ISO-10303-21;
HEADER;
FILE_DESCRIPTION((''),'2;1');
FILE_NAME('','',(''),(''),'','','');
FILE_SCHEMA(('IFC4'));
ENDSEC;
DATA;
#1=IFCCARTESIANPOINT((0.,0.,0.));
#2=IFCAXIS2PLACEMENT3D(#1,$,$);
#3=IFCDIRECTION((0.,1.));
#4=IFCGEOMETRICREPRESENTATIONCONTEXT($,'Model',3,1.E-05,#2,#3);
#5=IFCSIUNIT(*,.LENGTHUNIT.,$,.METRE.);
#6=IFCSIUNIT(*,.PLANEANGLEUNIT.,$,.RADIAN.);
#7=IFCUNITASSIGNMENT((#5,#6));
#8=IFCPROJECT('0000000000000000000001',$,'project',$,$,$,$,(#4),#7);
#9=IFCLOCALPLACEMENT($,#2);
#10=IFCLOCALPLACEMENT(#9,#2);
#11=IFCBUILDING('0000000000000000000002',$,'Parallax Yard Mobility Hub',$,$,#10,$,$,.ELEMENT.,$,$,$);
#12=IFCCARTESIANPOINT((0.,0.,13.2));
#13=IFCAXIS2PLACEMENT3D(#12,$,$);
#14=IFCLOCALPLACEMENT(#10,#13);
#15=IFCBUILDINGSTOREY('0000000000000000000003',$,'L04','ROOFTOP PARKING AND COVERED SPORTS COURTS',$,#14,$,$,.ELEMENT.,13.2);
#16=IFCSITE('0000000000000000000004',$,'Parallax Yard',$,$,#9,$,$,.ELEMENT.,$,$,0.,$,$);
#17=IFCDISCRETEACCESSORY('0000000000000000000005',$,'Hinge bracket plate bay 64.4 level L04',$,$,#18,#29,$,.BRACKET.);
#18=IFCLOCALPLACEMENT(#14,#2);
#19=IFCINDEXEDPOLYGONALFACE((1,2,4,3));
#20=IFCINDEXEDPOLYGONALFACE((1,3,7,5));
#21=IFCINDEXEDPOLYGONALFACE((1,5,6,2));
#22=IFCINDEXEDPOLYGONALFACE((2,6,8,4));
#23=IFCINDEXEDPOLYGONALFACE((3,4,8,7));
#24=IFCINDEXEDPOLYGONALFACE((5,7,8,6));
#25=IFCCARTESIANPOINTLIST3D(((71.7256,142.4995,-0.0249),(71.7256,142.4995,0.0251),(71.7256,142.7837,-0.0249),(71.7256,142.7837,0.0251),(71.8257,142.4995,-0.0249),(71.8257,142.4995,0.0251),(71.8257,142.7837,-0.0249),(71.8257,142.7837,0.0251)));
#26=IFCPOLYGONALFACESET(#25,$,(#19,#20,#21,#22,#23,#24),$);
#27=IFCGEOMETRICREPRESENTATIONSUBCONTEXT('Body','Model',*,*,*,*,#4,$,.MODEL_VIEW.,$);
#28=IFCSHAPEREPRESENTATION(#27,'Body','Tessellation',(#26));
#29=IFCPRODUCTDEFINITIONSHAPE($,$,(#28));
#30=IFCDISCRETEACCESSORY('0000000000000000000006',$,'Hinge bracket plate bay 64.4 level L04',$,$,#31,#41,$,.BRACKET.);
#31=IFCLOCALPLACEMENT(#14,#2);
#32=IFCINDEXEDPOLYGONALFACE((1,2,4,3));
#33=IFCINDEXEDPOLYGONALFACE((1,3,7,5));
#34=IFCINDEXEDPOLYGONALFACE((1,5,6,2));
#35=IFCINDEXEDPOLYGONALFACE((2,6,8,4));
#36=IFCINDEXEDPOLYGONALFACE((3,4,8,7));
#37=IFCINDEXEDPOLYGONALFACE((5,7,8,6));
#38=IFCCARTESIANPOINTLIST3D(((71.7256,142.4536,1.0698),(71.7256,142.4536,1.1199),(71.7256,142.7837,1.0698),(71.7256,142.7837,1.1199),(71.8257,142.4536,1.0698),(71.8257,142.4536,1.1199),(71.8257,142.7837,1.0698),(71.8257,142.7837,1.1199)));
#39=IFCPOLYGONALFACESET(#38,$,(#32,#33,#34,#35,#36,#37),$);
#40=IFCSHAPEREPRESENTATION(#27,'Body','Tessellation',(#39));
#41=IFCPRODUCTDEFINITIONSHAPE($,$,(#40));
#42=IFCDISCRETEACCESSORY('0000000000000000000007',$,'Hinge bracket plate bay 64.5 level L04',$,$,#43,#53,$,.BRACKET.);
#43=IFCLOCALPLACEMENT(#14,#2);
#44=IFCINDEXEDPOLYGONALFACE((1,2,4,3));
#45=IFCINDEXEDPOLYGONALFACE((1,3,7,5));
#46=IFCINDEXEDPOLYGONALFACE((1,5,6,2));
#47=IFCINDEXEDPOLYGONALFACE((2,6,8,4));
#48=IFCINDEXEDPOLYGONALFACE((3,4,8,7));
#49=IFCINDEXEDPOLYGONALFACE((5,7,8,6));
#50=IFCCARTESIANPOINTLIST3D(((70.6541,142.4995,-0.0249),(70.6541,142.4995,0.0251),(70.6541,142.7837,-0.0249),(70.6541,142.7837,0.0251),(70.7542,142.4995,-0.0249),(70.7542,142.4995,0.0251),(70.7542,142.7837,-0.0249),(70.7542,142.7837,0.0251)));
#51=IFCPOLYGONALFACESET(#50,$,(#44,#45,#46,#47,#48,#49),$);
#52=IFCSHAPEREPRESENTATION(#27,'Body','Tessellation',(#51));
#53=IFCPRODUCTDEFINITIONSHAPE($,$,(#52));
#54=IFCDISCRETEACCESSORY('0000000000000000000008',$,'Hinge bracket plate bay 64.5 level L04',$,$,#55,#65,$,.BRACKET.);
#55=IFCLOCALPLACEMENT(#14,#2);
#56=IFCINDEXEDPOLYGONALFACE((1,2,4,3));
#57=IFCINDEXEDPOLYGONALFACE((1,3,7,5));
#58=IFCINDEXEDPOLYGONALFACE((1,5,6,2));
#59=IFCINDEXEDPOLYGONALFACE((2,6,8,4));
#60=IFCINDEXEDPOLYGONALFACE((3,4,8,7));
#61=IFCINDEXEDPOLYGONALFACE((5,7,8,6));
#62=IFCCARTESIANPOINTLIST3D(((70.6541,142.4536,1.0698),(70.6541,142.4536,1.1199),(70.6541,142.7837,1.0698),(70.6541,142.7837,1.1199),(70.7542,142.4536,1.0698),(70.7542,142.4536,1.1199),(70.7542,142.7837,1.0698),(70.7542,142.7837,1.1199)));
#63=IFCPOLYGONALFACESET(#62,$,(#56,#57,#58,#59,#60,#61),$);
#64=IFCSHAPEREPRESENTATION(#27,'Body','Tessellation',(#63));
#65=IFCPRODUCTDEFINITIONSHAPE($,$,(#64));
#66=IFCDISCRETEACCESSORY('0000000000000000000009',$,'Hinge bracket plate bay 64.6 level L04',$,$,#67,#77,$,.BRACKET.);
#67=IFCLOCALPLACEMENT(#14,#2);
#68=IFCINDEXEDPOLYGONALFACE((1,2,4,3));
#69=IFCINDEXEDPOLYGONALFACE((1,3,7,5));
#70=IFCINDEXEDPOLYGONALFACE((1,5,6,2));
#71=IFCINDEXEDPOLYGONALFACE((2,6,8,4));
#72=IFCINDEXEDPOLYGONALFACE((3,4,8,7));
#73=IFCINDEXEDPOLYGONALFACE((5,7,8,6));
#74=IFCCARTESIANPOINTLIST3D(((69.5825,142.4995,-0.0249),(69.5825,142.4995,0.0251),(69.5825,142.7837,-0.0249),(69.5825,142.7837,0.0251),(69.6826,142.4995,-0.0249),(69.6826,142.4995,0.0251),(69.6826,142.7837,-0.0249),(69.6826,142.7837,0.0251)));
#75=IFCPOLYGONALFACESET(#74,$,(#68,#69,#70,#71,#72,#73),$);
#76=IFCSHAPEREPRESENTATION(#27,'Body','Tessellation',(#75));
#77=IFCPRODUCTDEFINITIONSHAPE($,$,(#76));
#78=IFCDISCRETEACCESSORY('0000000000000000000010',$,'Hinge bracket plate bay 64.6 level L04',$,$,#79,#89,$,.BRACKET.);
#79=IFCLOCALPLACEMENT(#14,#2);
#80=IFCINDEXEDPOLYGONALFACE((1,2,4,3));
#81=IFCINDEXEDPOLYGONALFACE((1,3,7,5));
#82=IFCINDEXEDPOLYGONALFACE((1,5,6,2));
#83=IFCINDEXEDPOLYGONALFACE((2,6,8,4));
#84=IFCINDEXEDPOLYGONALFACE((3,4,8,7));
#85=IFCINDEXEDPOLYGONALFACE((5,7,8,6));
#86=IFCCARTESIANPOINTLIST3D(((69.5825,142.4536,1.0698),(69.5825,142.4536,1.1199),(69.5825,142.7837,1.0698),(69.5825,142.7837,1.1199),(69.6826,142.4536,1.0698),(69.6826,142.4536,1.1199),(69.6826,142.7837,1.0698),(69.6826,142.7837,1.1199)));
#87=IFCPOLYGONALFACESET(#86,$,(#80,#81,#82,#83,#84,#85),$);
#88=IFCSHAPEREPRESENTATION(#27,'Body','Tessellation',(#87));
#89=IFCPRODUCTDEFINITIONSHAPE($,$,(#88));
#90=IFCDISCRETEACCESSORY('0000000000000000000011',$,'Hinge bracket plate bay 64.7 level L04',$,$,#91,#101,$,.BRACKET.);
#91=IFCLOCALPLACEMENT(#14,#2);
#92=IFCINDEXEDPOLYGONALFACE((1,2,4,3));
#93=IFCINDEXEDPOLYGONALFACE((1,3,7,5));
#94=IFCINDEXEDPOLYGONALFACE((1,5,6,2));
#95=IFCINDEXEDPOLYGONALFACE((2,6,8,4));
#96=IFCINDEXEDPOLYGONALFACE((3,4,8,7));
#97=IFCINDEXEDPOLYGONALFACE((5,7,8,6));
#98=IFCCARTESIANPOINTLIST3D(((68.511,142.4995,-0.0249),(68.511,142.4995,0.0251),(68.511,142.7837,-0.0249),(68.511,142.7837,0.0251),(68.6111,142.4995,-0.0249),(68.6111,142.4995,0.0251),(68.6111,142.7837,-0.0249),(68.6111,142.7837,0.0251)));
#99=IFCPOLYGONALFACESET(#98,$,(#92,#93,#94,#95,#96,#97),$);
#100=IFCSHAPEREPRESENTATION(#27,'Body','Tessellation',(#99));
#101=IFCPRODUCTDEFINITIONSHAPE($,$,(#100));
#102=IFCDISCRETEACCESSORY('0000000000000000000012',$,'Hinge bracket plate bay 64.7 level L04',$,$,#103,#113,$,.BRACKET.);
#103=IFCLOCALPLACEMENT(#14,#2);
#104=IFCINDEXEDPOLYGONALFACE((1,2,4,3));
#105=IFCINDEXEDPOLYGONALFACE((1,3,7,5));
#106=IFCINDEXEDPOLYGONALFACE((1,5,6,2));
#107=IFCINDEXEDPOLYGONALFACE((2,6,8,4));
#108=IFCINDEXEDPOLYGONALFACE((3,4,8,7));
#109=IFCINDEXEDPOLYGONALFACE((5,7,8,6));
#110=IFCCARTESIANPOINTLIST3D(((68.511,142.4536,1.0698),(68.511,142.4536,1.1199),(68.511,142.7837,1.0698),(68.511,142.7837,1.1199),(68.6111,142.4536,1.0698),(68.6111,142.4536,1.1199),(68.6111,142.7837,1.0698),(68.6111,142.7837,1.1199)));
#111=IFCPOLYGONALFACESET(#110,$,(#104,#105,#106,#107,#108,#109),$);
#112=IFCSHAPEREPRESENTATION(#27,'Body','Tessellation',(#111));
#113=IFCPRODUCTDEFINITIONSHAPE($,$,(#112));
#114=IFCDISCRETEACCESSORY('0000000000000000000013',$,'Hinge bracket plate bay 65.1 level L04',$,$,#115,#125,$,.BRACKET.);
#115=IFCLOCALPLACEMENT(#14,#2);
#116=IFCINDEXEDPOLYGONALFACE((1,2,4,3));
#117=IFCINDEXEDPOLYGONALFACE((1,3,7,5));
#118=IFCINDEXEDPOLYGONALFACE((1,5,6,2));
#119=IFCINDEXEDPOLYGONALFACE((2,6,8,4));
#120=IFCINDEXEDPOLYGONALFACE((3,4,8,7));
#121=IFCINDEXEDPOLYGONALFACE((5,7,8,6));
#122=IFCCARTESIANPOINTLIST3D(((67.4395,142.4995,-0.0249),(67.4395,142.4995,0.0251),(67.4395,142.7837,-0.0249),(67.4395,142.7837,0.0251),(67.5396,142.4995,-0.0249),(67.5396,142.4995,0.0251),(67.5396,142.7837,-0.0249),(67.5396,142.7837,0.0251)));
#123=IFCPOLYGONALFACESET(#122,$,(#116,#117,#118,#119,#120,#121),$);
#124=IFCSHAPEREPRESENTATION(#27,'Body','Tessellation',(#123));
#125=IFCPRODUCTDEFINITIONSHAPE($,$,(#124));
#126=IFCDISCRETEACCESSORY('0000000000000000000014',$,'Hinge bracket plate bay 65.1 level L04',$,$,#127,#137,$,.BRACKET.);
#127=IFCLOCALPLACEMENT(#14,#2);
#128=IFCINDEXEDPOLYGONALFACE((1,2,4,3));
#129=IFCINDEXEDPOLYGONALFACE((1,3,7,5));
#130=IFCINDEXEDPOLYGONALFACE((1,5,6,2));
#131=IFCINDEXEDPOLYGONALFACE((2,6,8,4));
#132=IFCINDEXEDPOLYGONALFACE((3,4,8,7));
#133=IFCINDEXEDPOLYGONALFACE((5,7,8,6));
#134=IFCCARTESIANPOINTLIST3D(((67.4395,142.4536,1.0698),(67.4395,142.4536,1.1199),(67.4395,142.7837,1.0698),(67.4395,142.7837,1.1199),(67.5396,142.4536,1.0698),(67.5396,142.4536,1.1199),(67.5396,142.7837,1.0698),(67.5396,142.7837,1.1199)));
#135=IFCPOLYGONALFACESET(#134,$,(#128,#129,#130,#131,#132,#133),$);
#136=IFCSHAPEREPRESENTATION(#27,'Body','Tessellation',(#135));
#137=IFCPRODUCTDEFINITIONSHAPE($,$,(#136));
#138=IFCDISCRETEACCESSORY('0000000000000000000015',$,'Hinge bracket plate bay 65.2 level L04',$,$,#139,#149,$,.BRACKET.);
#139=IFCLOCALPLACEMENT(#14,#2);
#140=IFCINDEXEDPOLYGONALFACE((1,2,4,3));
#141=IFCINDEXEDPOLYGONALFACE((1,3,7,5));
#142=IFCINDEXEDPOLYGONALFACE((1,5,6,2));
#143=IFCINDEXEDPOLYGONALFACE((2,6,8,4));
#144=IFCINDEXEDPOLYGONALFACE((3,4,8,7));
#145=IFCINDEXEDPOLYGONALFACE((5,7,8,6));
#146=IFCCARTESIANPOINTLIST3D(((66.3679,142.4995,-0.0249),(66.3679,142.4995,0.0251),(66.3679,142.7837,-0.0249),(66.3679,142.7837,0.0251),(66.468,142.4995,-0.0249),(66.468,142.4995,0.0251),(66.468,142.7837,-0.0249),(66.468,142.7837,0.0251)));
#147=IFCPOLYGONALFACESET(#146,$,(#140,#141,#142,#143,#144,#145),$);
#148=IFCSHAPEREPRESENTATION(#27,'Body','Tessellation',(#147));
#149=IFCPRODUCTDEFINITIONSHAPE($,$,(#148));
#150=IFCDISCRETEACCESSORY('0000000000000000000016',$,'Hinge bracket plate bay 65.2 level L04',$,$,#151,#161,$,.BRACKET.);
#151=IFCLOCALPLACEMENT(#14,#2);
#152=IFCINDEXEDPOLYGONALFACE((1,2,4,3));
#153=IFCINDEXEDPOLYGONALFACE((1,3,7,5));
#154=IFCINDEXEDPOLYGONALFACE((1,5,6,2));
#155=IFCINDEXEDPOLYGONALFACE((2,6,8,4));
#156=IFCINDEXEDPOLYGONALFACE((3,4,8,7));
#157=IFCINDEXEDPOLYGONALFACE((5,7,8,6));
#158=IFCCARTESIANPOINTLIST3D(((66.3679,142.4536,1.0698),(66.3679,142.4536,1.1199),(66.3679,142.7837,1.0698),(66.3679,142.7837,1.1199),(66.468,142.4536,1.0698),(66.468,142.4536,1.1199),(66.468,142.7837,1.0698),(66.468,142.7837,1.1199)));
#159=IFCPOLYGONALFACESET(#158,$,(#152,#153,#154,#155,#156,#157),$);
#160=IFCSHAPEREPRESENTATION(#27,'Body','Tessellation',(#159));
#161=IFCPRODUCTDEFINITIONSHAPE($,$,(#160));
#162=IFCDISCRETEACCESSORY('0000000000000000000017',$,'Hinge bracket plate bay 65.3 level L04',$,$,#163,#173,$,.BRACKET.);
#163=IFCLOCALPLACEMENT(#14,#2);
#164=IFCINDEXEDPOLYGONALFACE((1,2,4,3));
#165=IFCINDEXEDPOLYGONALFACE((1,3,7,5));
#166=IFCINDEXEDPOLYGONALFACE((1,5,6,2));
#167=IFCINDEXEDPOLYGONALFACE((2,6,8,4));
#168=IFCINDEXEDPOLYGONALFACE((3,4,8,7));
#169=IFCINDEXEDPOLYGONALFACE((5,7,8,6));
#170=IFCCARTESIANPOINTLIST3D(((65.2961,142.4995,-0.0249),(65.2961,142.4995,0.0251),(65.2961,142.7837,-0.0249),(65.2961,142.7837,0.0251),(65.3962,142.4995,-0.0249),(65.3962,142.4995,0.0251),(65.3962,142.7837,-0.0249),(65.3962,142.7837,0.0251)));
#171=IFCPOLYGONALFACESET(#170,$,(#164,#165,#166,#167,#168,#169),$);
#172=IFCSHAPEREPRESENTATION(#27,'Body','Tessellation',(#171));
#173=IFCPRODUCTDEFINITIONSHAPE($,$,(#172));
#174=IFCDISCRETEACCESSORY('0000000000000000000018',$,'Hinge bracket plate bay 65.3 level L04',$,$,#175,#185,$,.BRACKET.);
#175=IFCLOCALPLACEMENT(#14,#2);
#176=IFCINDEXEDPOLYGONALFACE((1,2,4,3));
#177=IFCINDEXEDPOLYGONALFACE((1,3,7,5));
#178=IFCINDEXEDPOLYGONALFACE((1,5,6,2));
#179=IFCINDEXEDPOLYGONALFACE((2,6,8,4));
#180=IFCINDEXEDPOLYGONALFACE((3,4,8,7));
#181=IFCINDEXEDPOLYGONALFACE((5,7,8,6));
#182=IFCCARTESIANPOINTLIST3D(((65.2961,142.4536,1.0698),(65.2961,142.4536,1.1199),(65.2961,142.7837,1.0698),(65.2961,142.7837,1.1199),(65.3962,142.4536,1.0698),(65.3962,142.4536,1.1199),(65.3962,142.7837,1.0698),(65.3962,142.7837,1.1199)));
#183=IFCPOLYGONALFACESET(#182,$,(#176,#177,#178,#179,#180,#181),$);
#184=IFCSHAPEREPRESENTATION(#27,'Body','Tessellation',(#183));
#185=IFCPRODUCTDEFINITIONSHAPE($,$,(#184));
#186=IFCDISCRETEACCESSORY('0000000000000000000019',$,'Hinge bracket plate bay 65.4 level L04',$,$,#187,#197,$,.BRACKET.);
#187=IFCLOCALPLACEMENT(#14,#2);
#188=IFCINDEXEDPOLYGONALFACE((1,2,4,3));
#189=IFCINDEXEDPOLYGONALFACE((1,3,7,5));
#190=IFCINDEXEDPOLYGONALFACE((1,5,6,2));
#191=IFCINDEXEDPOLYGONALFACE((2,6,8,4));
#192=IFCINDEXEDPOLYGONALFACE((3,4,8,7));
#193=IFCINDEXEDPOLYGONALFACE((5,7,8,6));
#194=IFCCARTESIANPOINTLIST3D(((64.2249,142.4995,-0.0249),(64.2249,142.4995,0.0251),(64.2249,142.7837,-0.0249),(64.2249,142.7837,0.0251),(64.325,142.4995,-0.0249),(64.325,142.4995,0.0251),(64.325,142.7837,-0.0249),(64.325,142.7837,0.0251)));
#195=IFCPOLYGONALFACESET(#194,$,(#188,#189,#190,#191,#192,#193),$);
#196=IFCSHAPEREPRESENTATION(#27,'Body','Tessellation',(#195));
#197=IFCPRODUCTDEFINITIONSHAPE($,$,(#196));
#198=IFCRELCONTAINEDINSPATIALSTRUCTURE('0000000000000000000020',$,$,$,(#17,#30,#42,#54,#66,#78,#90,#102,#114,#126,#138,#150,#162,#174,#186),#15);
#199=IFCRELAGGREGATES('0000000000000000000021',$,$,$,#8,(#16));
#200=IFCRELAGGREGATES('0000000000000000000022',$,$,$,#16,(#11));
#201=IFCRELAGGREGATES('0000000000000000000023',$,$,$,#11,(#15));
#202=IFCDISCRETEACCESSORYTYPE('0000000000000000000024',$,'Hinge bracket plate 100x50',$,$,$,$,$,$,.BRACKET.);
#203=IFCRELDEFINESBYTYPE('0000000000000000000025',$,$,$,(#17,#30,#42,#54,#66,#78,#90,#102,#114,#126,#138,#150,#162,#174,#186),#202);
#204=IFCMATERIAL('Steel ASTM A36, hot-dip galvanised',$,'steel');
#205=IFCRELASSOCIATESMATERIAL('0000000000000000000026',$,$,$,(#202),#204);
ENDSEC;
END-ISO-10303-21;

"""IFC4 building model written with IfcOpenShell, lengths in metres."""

from ifc_helpers import new_model, si_unit, direction, frame, origin, origin_2d, place, context, subcontext, project, spatial, rectangle, extrude, material, type_object, element, save


model = new_model("IFC4")

# Units and contexts
model_context = context("Model", 3, precision=1e-05, world=origin(), true_north=direction((0.0, 1.0)))
body_context = subcontext(model_context, "Body", "Model", "MODEL_VIEW")
ifc_project = project(units=[si_unit("LENGTHUNIT", "METRE"), si_unit("PLANEANGLEUNIT", "RADIAN")], contexts=[model_context])

# Site, building, storey
site_placement = place(None, origin())
site = spatial("IfcSite", under=ifc_project, at=site_placement, Name="Parallax Yard", CompositionType="ELEMENT", RefElevation=0.0)
building_placement = place(site_placement, origin())
building = spatial("IfcBuilding", under=site, at=building_placement, Name="Parallax Yard Mobility Hub", CompositionType="ELEMENT")
storey_placement = place(building_placement, frame((0.0, 0.0, 13.2)))
storey = spatial("IfcBuildingStorey", under=building, at=storey_placement, Name="L04", Description="ROOFTOP PARKING AND COVERED SPORTS COURTS", CompositionType="ELEMENT", Elevation=13.2)

# Discrete accessories
ifc_material_1 = material(Name="Steel ASTM A36, hot-dip galvanised", Category="steel")
discrete_accessory_type_1 = type_object("IfcDiscreteAccessoryType", Name="Hinge bracket plate 100x50", PredefinedType="BRACKET", material=ifc_material_1)
discrete_accessory_1_placement = place(storey_placement, frame((71.7756, 142.6416, -0.0249), z_axis=(0.0, 0.0, 1.0), x_axis=(0.0, 1.0, 0.0)))
element("IfcDiscreteAccessory", 1, at=discrete_accessory_1_placement, inside=storey, type_object=discrete_accessory_type_1, Name="Hinge bracket plate bay 64.4 level L04", PredefinedType="BRACKET", context=body_context, shape_type="SweptSolid", body=[
    extrude(rectangle(XDim=0.2842, YDim=0.1001, at=origin_2d()), origin(), (0.0, 0.0, 1.0), 0.05),
])
discrete_accessory_2_placement = place(storey_placement, frame((71.7756, 142.6187, 1.0698), z_axis=(0.0, 0.0, 1.0), x_axis=(0.0, 1.0, 0.0)))
element("IfcDiscreteAccessory", 2, at=discrete_accessory_2_placement, inside=storey, type_object=discrete_accessory_type_1, Name="Hinge bracket plate bay 64.4 level L04", PredefinedType="BRACKET", context=body_context, shape_type="SweptSolid", body=[
    extrude(rectangle(XDim=0.3301, YDim=0.1001, at=origin_2d()), origin(), (0.0, 0.0, 1.0), 0.05),
])
discrete_accessory_3_placement = place(storey_placement, frame((70.7041, 142.6416, -0.0249), z_axis=(0.0, 0.0, 1.0), x_axis=(0.0, 1.0, 0.0)))
element("IfcDiscreteAccessory", 3, at=discrete_accessory_3_placement, inside=storey, type_object=discrete_accessory_type_1, Name="Hinge bracket plate bay 64.5 level L04", PredefinedType="BRACKET", context=body_context, shape_type="SweptSolid", body=[
    extrude(rectangle(XDim=0.2842, YDim=0.1001, at=origin_2d()), origin(), (0.0, 0.0, 1.0), 0.05),
])
discrete_accessory_4_placement = place(storey_placement, frame((70.7041, 142.6187, 1.0698), z_axis=(0.0, 0.0, 1.0), x_axis=(0.0, 1.0, 0.0)))
element("IfcDiscreteAccessory", 4, at=discrete_accessory_4_placement, inside=storey, type_object=discrete_accessory_type_1, Name="Hinge bracket plate bay 64.5 level L04", PredefinedType="BRACKET", context=body_context, shape_type="SweptSolid", body=[
    extrude(rectangle(XDim=0.3301, YDim=0.1001, at=origin_2d()), origin(), (0.0, 0.0, 1.0), 0.05),
])
discrete_accessory_5_placement = place(storey_placement, frame((69.6326, 142.6416, -0.0249), z_axis=(0.0, 0.0, 1.0), x_axis=(0.0, 1.0, 0.0)))
element("IfcDiscreteAccessory", 5, at=discrete_accessory_5_placement, inside=storey, type_object=discrete_accessory_type_1, Name="Hinge bracket plate bay 64.6 level L04", PredefinedType="BRACKET", context=body_context, shape_type="SweptSolid", body=[
    extrude(rectangle(XDim=0.2842, YDim=0.1001, at=origin_2d()), origin(), (0.0, 0.0, 1.0), 0.05),
])
discrete_accessory_6_placement = place(storey_placement, frame((69.6326, 142.6187, 1.0698), z_axis=(0.0, 0.0, 1.0), x_axis=(0.0, 1.0, 0.0)))
element("IfcDiscreteAccessory", 6, at=discrete_accessory_6_placement, inside=storey, type_object=discrete_accessory_type_1, Name="Hinge bracket plate bay 64.6 level L04", PredefinedType="BRACKET", context=body_context, shape_type="SweptSolid", body=[
    extrude(rectangle(XDim=0.3301, YDim=0.1001, at=origin_2d()), origin(), (0.0, 0.0, 1.0), 0.05),
])
discrete_accessory_7_placement = place(storey_placement, frame((68.561, 142.6416, -0.0249), z_axis=(0.0, 0.0, 1.0), x_axis=(0.0, 1.0, 0.0)))
element("IfcDiscreteAccessory", 7, at=discrete_accessory_7_placement, inside=storey, type_object=discrete_accessory_type_1, Name="Hinge bracket plate bay 64.7 level L04", PredefinedType="BRACKET", context=body_context, shape_type="SweptSolid", body=[
    extrude(rectangle(XDim=0.2842, YDim=0.1001, at=origin_2d()), origin(), (0.0, 0.0, 1.0), 0.05),
])
discrete_accessory_8_placement = place(storey_placement, frame((68.561, 142.6187, 1.0698), z_axis=(0.0, 0.0, 1.0), x_axis=(0.0, 1.0, 0.0)))
element("IfcDiscreteAccessory", 8, at=discrete_accessory_8_placement, inside=storey, type_object=discrete_accessory_type_1, Name="Hinge bracket plate bay 64.7 level L04", PredefinedType="BRACKET", context=body_context, shape_type="SweptSolid", body=[
    extrude(rectangle(XDim=0.3301, YDim=0.1001, at=origin_2d()), origin(), (0.0, 0.0, 1.0), 0.05),
])
discrete_accessory_9_placement = place(storey_placement, frame((67.4895, 142.6416, -0.0249), z_axis=(0.0, 0.0, 1.0), x_axis=(0.0, 1.0, 0.0)))
element("IfcDiscreteAccessory", 9, at=discrete_accessory_9_placement, inside=storey, type_object=discrete_accessory_type_1, Name="Hinge bracket plate bay 65.1 level L04", PredefinedType="BRACKET", context=body_context, shape_type="SweptSolid", body=[
    extrude(rectangle(XDim=0.2842, YDim=0.1001, at=origin_2d()), origin(), (0.0, 0.0, 1.0), 0.05),
])
discrete_accessory_10_placement = place(storey_placement, frame((67.4895, 142.6187, 1.0698), z_axis=(0.0, 0.0, 1.0), x_axis=(0.0, 1.0, 0.0)))
element("IfcDiscreteAccessory", 10, at=discrete_accessory_10_placement, inside=storey, type_object=discrete_accessory_type_1, Name="Hinge bracket plate bay 65.1 level L04", PredefinedType="BRACKET", context=body_context, shape_type="SweptSolid", body=[
    extrude(rectangle(XDim=0.3301, YDim=0.1001, at=origin_2d()), origin(), (0.0, 0.0, 1.0), 0.05),
])
discrete_accessory_11_placement = place(storey_placement, frame((66.418, 142.6416, -0.0249), z_axis=(0.0, 0.0, 1.0), x_axis=(0.0, 1.0, 0.0)))
element("IfcDiscreteAccessory", 11, at=discrete_accessory_11_placement, inside=storey, type_object=discrete_accessory_type_1, Name="Hinge bracket plate bay 65.2 level L04", PredefinedType="BRACKET", context=body_context, shape_type="SweptSolid", body=[
    extrude(rectangle(XDim=0.2842, YDim=0.1001, at=origin_2d()), origin(), (0.0, 0.0, 1.0), 0.05),
])
discrete_accessory_12_placement = place(storey_placement, frame((66.418, 142.6187, 1.0698), z_axis=(0.0, 0.0, 1.0), x_axis=(0.0, 1.0, 0.0)))
element("IfcDiscreteAccessory", 12, at=discrete_accessory_12_placement, inside=storey, type_object=discrete_accessory_type_1, Name="Hinge bracket plate bay 65.2 level L04", PredefinedType="BRACKET", context=body_context, shape_type="SweptSolid", body=[
    extrude(rectangle(XDim=0.3301, YDim=0.1001, at=origin_2d()), origin(), (0.0, 0.0, 1.0), 0.05),
])
discrete_accessory_13_placement = place(storey_placement, frame((65.3462, 142.6416, -0.0249), z_axis=(0.0, 0.0, 1.0), x_axis=(0.0, 1.0, 0.0)))
element("IfcDiscreteAccessory", 13, at=discrete_accessory_13_placement, inside=storey, type_object=discrete_accessory_type_1, Name="Hinge bracket plate bay 65.3 level L04", PredefinedType="BRACKET", context=body_context, shape_type="SweptSolid", body=[
    extrude(rectangle(XDim=0.2842, YDim=0.1001, at=origin_2d()), origin(), (0.0, 0.0, 1.0), 0.05),
])
discrete_accessory_14_placement = place(storey_placement, frame((65.3462, 142.6187, 1.0698), z_axis=(0.0, 0.0, 1.0), x_axis=(0.0, 1.0, 0.0)))
element("IfcDiscreteAccessory", 14, at=discrete_accessory_14_placement, inside=storey, type_object=discrete_accessory_type_1, Name="Hinge bracket plate bay 65.3 level L04", PredefinedType="BRACKET", context=body_context, shape_type="SweptSolid", body=[
    extrude(rectangle(XDim=0.3301, YDim=0.1001, at=origin_2d()), origin(), (0.0, 0.0, 1.0), 0.05),
])
for number, where, z_axis, x_axis, name in (
    (15, (64.2749, 142.6416, -0.0249), (0.0, 0.0, 1.0), (0.0, 1.0, 0.0), "Hinge bracket plate bay 65.4 level L04"),
):
    element("IfcDiscreteAccessory", number, at=place(storey_placement, frame(where, z_axis=z_axis, x_axis=x_axis)), inside=storey, type_object=discrete_accessory_type_1, Name=name, PredefinedType="BRACKET", context=body_context, shape_type="SweptSolid", body=[
        extrude(rectangle(XDim=0.2842, YDim=0.1001, at=origin_2d()), origin(), (0.0, 0.0, 1.0), 0.05),
    ])

save(model, "model.ifc")
